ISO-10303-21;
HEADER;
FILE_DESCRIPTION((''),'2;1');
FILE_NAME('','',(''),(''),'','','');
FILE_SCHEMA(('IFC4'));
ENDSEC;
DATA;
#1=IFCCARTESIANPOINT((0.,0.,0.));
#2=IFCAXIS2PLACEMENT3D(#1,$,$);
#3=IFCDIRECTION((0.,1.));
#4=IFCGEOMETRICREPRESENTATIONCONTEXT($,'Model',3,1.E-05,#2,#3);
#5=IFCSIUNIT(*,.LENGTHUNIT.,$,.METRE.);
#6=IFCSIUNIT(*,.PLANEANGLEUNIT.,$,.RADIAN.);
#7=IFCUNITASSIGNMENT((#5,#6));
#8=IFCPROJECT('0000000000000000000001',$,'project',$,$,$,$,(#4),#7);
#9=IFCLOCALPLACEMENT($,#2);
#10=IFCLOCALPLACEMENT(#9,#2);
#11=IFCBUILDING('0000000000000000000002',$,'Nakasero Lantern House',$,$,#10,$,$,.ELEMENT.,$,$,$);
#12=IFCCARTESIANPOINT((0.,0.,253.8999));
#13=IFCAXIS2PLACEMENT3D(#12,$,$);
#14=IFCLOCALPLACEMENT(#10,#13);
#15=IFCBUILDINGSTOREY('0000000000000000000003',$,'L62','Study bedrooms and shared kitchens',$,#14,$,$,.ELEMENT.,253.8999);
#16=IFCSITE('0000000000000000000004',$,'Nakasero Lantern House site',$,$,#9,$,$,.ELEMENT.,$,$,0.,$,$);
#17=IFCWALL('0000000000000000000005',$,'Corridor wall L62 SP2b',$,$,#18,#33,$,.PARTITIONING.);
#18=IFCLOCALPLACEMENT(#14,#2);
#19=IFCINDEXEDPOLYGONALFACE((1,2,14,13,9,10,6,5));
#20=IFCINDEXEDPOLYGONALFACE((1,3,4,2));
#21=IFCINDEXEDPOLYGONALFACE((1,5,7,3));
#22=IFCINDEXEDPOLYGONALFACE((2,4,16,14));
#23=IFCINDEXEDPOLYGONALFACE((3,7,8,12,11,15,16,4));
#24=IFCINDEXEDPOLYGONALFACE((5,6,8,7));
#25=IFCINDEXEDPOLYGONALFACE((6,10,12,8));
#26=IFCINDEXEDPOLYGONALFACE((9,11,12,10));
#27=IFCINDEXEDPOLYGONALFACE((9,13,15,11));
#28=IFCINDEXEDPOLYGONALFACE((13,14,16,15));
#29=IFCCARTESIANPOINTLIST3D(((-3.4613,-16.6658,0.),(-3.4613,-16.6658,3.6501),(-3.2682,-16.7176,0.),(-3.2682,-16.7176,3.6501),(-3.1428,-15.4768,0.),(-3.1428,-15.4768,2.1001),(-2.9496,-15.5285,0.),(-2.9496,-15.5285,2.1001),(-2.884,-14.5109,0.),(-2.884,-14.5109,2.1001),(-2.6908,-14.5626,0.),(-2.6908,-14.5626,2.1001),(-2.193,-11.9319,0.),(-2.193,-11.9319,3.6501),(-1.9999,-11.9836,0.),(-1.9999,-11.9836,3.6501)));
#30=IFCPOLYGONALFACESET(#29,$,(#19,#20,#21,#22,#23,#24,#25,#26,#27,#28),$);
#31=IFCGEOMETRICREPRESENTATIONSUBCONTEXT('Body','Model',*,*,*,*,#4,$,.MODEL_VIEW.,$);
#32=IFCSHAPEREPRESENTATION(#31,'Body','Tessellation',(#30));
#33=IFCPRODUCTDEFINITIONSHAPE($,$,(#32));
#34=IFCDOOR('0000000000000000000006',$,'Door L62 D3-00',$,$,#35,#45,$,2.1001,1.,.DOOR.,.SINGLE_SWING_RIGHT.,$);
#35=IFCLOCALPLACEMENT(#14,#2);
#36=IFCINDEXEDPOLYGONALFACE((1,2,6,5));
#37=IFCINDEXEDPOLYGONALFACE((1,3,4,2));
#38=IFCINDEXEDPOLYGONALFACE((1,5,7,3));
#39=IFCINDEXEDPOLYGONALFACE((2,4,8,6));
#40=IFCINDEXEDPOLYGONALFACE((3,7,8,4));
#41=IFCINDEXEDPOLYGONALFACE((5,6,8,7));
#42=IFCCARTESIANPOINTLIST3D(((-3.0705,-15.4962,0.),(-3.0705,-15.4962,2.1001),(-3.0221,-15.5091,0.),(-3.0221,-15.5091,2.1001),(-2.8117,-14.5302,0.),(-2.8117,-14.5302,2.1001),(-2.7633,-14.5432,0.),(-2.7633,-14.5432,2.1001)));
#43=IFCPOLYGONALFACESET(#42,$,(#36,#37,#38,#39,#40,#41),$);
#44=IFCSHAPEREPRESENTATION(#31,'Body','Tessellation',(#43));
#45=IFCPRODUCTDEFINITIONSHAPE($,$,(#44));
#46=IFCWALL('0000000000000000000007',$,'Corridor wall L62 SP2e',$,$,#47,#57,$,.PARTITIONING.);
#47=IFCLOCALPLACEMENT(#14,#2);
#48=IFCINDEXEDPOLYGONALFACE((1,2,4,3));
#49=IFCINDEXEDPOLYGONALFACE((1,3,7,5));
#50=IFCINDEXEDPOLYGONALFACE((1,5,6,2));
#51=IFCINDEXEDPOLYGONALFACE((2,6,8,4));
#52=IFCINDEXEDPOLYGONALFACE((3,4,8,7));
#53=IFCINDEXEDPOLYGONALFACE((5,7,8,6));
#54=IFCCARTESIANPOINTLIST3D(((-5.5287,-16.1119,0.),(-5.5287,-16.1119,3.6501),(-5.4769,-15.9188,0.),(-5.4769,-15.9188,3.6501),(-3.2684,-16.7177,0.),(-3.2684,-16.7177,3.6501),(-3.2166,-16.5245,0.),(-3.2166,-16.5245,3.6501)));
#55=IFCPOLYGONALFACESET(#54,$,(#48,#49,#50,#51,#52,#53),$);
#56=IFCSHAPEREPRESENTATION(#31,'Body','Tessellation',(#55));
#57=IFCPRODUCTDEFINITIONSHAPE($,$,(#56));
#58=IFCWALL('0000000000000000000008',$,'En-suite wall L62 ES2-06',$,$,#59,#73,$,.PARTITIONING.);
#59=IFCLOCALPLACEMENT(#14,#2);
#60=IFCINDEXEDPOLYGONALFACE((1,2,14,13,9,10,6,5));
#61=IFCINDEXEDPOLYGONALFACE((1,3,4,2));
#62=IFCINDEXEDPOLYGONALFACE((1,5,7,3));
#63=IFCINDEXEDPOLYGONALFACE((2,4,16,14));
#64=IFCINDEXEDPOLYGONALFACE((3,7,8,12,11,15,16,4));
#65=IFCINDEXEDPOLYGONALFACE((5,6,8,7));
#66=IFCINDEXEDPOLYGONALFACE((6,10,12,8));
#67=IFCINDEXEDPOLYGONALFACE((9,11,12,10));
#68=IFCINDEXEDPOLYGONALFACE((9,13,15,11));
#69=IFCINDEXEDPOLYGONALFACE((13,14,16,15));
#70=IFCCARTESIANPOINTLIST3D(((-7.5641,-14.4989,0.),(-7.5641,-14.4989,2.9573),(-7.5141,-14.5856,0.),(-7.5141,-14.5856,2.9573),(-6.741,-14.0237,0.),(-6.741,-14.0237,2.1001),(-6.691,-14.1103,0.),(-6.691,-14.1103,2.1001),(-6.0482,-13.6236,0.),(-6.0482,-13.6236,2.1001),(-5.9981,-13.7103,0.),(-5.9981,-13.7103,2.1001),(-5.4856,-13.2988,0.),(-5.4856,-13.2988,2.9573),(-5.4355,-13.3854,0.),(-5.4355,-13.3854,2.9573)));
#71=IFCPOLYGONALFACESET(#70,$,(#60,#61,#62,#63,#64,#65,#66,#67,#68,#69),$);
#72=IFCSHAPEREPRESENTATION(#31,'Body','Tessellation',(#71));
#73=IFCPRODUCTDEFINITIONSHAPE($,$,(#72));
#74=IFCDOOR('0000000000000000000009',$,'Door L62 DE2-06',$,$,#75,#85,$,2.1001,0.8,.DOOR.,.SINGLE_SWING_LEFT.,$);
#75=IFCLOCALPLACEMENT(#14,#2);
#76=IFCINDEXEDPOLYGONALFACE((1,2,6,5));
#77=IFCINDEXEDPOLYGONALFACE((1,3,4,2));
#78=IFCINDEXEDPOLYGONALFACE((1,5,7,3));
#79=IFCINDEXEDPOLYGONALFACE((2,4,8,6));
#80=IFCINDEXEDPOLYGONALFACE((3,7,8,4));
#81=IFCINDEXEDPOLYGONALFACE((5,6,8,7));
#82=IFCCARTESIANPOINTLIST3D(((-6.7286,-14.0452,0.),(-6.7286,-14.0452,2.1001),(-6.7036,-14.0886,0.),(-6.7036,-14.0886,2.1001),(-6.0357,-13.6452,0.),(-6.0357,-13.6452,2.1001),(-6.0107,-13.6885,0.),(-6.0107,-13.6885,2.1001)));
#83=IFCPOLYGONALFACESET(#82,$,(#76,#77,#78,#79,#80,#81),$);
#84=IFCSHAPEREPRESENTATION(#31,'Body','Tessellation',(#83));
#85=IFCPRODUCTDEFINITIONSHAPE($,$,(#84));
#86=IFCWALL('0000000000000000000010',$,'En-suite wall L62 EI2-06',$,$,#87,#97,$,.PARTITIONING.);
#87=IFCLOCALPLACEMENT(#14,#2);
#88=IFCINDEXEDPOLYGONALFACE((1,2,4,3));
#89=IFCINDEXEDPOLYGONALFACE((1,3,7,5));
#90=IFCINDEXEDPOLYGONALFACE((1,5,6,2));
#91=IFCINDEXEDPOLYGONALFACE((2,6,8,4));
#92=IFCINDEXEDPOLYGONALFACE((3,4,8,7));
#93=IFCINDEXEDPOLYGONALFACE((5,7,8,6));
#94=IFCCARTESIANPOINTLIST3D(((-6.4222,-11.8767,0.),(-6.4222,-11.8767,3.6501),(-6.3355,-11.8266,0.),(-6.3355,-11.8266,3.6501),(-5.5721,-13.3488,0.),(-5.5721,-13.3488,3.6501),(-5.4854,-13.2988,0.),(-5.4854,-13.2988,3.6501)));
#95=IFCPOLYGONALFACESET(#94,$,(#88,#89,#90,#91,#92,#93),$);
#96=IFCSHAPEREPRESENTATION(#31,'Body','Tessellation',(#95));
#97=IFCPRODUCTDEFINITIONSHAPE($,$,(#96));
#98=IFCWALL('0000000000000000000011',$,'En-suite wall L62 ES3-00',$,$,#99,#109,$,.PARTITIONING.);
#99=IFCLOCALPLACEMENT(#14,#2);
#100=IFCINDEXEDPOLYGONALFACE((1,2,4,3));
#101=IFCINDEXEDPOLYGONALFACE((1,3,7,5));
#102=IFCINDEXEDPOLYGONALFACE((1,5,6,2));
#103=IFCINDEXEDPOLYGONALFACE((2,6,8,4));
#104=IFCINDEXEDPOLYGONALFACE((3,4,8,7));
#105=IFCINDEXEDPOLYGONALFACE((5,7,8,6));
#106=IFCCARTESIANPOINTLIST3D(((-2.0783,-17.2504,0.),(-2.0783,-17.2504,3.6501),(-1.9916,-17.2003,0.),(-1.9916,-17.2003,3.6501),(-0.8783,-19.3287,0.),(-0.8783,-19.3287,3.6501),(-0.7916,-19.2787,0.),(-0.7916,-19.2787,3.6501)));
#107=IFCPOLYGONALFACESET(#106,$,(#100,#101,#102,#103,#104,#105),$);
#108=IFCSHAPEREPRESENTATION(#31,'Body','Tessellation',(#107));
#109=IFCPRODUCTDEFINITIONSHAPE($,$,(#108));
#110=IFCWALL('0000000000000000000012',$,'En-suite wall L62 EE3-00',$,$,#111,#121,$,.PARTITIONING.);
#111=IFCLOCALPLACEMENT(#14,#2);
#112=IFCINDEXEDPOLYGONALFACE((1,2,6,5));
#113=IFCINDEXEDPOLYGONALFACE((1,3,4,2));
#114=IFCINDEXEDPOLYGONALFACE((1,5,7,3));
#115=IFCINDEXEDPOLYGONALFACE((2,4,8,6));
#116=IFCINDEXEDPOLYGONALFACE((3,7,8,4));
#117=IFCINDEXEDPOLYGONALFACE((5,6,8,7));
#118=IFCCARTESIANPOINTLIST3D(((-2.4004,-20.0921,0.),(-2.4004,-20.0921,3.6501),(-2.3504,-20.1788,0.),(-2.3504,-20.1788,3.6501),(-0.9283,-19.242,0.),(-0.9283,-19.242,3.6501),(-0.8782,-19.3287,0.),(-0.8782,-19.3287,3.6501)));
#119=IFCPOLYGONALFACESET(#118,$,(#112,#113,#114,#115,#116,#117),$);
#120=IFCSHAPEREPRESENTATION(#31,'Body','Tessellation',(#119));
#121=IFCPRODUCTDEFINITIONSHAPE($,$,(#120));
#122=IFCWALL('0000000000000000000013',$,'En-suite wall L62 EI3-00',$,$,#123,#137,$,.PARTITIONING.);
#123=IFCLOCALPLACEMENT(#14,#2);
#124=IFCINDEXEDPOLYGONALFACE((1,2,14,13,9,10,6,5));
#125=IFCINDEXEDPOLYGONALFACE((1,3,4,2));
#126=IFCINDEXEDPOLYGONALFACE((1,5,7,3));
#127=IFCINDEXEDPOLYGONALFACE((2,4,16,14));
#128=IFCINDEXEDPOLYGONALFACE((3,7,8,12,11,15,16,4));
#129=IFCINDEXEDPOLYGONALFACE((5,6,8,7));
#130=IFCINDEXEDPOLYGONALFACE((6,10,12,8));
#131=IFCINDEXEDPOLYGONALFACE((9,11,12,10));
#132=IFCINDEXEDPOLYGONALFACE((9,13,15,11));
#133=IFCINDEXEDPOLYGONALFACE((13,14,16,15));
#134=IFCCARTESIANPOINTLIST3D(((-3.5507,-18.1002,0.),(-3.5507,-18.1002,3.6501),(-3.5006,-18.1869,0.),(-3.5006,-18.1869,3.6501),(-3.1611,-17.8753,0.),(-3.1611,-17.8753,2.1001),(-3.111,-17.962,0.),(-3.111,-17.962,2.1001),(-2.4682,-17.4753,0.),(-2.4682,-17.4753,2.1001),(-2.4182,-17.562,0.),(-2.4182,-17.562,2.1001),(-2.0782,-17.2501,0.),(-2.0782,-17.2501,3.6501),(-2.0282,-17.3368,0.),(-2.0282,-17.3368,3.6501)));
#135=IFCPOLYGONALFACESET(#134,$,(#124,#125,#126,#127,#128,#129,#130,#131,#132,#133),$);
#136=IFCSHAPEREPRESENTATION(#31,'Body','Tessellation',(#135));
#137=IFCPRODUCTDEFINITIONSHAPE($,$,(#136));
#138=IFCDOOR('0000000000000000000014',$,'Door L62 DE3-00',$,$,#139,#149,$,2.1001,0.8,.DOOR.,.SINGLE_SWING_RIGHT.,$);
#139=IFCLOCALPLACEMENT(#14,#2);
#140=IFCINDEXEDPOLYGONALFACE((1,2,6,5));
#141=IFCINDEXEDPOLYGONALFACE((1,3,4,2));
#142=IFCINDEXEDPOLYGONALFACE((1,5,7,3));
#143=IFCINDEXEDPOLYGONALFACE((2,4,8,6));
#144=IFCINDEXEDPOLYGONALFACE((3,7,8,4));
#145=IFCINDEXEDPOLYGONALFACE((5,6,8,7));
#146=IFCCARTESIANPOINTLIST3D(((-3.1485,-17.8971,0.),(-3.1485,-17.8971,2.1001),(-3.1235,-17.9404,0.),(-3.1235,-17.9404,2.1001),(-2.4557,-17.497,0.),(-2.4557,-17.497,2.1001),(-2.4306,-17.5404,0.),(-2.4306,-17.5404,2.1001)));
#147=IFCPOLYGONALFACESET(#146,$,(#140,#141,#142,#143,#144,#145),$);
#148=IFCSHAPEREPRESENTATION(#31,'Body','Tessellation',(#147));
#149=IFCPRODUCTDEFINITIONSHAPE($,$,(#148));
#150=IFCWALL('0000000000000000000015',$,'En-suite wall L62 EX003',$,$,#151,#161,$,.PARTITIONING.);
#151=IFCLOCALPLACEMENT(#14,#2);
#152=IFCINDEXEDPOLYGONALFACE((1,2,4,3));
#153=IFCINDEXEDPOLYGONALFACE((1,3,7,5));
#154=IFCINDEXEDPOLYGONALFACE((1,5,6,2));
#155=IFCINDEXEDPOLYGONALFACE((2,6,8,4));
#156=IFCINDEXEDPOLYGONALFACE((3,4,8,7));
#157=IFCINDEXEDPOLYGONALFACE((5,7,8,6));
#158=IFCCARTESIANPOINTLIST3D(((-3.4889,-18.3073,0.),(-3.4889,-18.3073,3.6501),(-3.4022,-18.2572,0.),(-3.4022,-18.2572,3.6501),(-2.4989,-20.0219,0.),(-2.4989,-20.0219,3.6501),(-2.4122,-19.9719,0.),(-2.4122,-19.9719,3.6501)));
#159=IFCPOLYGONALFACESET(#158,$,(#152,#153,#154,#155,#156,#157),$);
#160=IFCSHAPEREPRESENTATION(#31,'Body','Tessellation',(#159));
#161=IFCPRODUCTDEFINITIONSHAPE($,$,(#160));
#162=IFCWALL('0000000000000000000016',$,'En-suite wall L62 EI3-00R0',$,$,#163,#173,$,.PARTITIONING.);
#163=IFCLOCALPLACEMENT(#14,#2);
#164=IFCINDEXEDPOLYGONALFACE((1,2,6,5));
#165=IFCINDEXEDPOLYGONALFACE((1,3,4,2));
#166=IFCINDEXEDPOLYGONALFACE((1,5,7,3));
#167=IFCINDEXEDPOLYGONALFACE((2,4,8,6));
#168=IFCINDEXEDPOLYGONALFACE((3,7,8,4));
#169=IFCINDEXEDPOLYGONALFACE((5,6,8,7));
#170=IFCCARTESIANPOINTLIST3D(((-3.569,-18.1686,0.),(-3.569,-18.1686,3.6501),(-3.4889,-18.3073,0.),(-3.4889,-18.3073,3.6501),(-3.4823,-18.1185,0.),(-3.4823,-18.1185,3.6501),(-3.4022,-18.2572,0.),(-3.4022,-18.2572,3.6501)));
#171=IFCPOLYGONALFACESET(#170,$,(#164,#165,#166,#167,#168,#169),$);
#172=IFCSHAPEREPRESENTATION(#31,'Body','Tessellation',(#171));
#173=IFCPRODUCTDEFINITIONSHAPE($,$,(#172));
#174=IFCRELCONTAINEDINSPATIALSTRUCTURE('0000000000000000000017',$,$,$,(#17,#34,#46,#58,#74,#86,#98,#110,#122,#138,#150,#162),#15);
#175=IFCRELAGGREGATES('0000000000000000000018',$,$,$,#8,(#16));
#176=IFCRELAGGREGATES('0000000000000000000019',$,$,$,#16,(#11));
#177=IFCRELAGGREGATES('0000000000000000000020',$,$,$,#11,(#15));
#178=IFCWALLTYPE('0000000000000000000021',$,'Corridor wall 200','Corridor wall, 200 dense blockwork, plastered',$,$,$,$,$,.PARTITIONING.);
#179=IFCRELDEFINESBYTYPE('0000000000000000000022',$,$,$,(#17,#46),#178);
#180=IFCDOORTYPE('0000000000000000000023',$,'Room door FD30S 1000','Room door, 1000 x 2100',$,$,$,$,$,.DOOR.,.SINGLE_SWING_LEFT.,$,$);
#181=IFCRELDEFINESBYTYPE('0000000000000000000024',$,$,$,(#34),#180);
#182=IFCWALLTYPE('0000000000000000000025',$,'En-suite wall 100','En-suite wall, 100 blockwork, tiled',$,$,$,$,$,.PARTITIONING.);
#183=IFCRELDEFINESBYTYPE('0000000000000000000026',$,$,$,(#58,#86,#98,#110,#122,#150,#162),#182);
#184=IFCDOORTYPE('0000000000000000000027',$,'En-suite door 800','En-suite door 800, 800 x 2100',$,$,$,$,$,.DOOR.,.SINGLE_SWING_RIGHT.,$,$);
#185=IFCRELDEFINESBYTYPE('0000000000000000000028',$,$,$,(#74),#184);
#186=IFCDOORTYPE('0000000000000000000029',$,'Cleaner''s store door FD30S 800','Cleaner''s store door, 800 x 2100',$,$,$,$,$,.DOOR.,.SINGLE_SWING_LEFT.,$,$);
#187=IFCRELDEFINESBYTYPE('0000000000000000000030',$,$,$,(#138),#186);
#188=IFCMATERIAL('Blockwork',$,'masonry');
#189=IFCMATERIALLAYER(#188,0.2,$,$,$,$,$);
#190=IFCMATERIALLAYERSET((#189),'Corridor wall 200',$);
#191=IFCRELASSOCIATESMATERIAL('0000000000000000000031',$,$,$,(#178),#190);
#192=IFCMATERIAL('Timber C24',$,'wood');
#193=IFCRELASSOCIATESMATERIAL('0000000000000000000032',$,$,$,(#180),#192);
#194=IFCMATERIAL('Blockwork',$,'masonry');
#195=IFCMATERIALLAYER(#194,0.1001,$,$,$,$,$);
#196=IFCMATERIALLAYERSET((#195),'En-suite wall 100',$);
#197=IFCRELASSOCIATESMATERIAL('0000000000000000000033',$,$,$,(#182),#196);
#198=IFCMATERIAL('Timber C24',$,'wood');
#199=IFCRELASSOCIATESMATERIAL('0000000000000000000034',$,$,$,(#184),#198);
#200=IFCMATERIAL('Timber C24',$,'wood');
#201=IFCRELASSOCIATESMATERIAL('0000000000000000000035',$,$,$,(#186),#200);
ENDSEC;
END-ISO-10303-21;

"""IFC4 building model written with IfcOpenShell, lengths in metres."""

from ifc_helpers import new_model, si_unit, direction, frame, frame_2d, origin, place, context, subcontext, project, spatial, rectangle, extrude, material, layer, layer_set, type_object, element, fill, save


model = new_model("IFC4")

# Units and contexts
model_context = context("Model", 3, precision=1e-05, world=origin(), true_north=direction((0.0, 1.0)))
body_context = subcontext(model_context, "Body", "Model", "MODEL_VIEW")
ifc_project = project(units=[si_unit("LENGTHUNIT", "METRE"), si_unit("PLANEANGLEUNIT", "RADIAN")], contexts=[model_context])

# Site, building, storey
site_placement = place(None, origin())
site = spatial("IfcSite", under=ifc_project, at=site_placement, Name="Nakasero Lantern House site", CompositionType="ELEMENT", RefElevation=0.0)
building_placement = place(site_placement, origin())
building = spatial("IfcBuilding", under=site, at=building_placement, Name="Nakasero Lantern House", CompositionType="ELEMENT")
storey_placement = place(building_placement, frame((0.0, 0.0, 253.8999)))
storey = spatial("IfcBuildingStorey", under=building, at=storey_placement, Name="L62", Description="Study bedrooms and shared kitchens", CompositionType="ELEMENT", Elevation=253.8999)

# Shared definitions
ifc_material_1 = material(Name="Blockwork", Category="masonry")
ifc_layer_1 = layer(ifc_material_1, 0.2)
ifc_layer_set_1 = layer_set([ifc_layer_1], Name="Corridor wall 200")
wall_type_1 = type_object("IfcWallType", Name="Corridor wall 200", Description="Corridor wall, 200 dense blockwork, plastered", PredefinedType="PARTITIONING", material=ifc_layer_set_1)

# Wall, opening, door
wall_1_placement = place(storey_placement, frame((-2.0964, -11.9578, 0.0), z_axis=(0.0, 0.0, 1.0), x_axis=(-0.258794, -0.965932, 0.0)))
wall_1 = element("IfcWall", 1, at=wall_1_placement, inside=storey, type_object=wall_type_1, Name="Corridor wall L62 SP2b", PredefinedType="PARTITIONING", context=body_context, shape_type="SweptSolid", body=[
    extrude(rectangle(XDim=4.9009, YDim=0.2, at=frame_2d((2.4504, 0.0))), origin(), (0.0, 0.0, 1.0), 3.6501),
])
opening_1_placement = place(wall_1_placement, frame((2.6699, 0.0, 0.0)))
opening_1 = element("IfcOpeningElement", 2, at=opening_1_placement, cuts=wall_1, PredefinedType="OPENING", context=body_context, shape_type="SweptSolid", body=[
    extrude(rectangle(XDim=1.0, YDim=2.1001, at=frame_2d((0.5, 1.05))), frame((0.0, 0.1199, 0.0), z_axis=(0.0, -1.0, 0.0), x_axis=(1.0, 0.0, 0.0)), (0.0, 0.0, 1.0), 0.24),
])
ifc_material_2 = material(Name="Timber C24", Category="wood")
door_type_1 = type_object("IfcDoorType", Name="Room door FD30S 1000", Description="Room door, 1000 x 2100", OperationType="SINGLE_SWING_LEFT", PredefinedType="DOOR", material=ifc_material_2)
door_1_placement = place(opening_1_placement, origin())
door_1 = element("IfcDoor", 3, at=door_1_placement, inside=storey, type_object=door_type_1, Name="Door L62 D3-00", OperationType="SINGLE_SWING_RIGHT", OverallHeight=2.1001, OverallWidth=1.0, PredefinedType="DOOR", context=body_context, shape_type="SweptSolid", body=[
    extrude(rectangle(XDim=1.0, YDim=2.1001, at=frame_2d((0.5, 1.05))), frame((0.0, 0.0249, 0.0), z_axis=(0.0, -1.0, 0.0), x_axis=(1.0, 0.0, 0.0)), (0.0, 0.0, 1.0), 0.05),
])
fill(opening_1, door_1)

# Wall
wall_2_placement = place(storey_placement, frame((-5.5027, -16.0154, 0.0), z_axis=(0.0, 0.0, 1.0), x_axis=(0.965917, -0.258851, 0.0)))
element("IfcWall", 4, at=wall_2_placement, inside=storey, type_object=wall_type_1, Name="Corridor wall L62 SP2e", PredefinedType="PARTITIONING", context=body_context, shape_type="SweptSolid", body=[
    extrude(rectangle(XDim=2.3401, YDim=0.2, at=frame_2d((1.1699, 0.0))), origin(), (0.0, 0.0, 1.0), 3.6501),
])

# Wall, opening, door
ifc_material_3 = material(Name="Blockwork", Category="masonry")
ifc_layer_2 = layer(ifc_material_3, 0.1001)
ifc_layer_set_2 = layer_set([ifc_layer_2], Name="En-suite wall 100")
wall_type_2 = type_object("IfcWallType", Name="En-suite wall 100", Description="En-suite wall, 100 blockwork, tiled", PredefinedType="PARTITIONING", material=ifc_layer_set_2)
wall_3_placement = place(storey_placement, frame((-5.4604, -13.342, 0.0), z_axis=(0.0, 0.0, 1.0), x_axis=(-0.866006, -0.500034, 0.0)))
wall_3 = element("IfcWall", 5, at=wall_3_placement, inside=storey, type_object=wall_type_2, Name="En-suite wall L62 ES2-06", PredefinedType="PARTITIONING", context=body_context, shape_type="SweptSolid", body=[
    extrude(rectangle(XDim=2.4001, YDim=0.1001, at=frame_2d((1.2002, 0.0))), origin(), (0.0, 0.0, 1.0), 2.9573),
])
opening_2_placement = place(wall_3_placement, frame((0.6499, 0.0, 0.0)))
opening_2 = element("IfcOpeningElement", 6, at=opening_2_placement, cuts=wall_3, PredefinedType="OPENING", context=body_context, shape_type="SweptSolid", body=[
    extrude(rectangle(XDim=0.8, YDim=2.1001, at=frame_2d((0.3999, 1.05))), frame((0.0, 0.0701, 0.0), z_axis=(0.0, -1.0, 0.0), x_axis=(1.0, 0.0, 0.0)), (0.0, 0.0, 1.0), 0.1401),
])
ifc_material_4 = material(Name="Timber C24", Category="wood")
door_type_2 = type_object("IfcDoorType", Name="En-suite door 800", Description="En-suite door 800, 800 x 2100", OperationType="SINGLE_SWING_RIGHT", PredefinedType="DOOR", material=ifc_material_4)
door_2_placement = place(opening_2_placement, origin())
door_2 = element("IfcDoor", 7, at=door_2_placement, inside=storey, type_object=door_type_2, Name="Door L62 DE2-06", OperationType="SINGLE_SWING_LEFT", OverallHeight=2.1001, OverallWidth=0.8, PredefinedType="DOOR", context=body_context, shape_type="SweptSolid", body=[
    extrude(rectangle(XDim=0.8, YDim=2.1001, at=frame_2d((0.3999, 1.05))), frame((0.0, 0.0249, 0.0), z_axis=(0.0, -1.0, 0.0), x_axis=(1.0, 0.0, 0.0)), (0.0, 0.0, 1.0), 0.05),
])
fill(opening_2, door_2)

# Walls
wall_4_placement = place(storey_placement, frame((-6.3789, -11.8516, 0.0), z_axis=(0.0, 0.0, 1.0), x_axis=(0.500062, -0.865989, 0.0)))
element("IfcWall", 8, at=wall_4_placement, inside=storey, type_object=wall_type_2, Name="En-suite wall L62 EI2-06", PredefinedType="PARTITIONING", context=body_context, shape_type="SweptSolid", body=[
    extrude(rectangle(XDim=1.7, YDim=0.1001, at=frame_2d((0.8501, 0.0))), origin(), (0.0, 0.0, 1.0), 3.6501),
])
wall_5_placement = place(storey_placement, frame((-2.0349, -17.2253, 0.0), z_axis=(0.0, 0.0, 1.0), x_axis=(0.500001, -0.866025, 0.0)))
element("IfcWall", 9, at=wall_5_placement, inside=storey, type_object=wall_type_2, Name="En-suite wall L62 ES3-00", PredefinedType="PARTITIONING", context=body_context, shape_type="SweptSolid", body=[
    extrude(rectangle(XDim=2.3999, YDim=0.1001, at=frame_2d((1.2, 0.0))), origin(), (0.0, 0.0, 1.0), 3.6501),
])
wall_6_placement = place(storey_placement, frame((-2.3755, -20.1355, 0.0), z_axis=(0.0, 0.0, 1.0), x_axis=(0.865989, 0.500062, 0.0)))
element("IfcWall", 10, at=wall_6_placement, inside=storey, type_object=wall_type_2, Name="En-suite wall L62 EE3-00", PredefinedType="PARTITIONING", context=body_context, shape_type="SweptSolid", body=[
    extrude(rectangle(XDim=1.7, YDim=0.1001, at=frame_2d((0.8501, 0.0))), origin(), (0.0, 0.0, 1.0), 3.6501),
])

# Wall, opening, door
wall_7_placement = place(storey_placement, frame((-3.5256, -18.1436, 0.0), z_axis=(0.0, 0.0, 1.0), x_axis=(0.866025, 0.5, 0.0)))
wall_7 = element("IfcWall", 11, at=wall_7_placement, inside=storey, type_object=wall_type_2, Name="En-suite wall L62 EI3-00", PredefinedType="PARTITIONING", context=body_context, shape_type="SweptSolid", body=[
    extrude(rectangle(XDim=1.7002, YDim=0.1001, at=frame_2d((0.8501, 0.0))), origin(), (0.0, 0.0, 1.0), 3.6501),
])
opening_3_placement = place(wall_7_placement, frame((0.45, 0.0, 0.0)))
opening_3 = element("IfcOpeningElement", 12, at=opening_3_placement, cuts=wall_7, PredefinedType="OPENING", context=body_context, shape_type="SweptSolid", body=[
    extrude(rectangle(XDim=0.8, YDim=2.1001, at=frame_2d((0.3999, 1.05))), frame((0.0, 0.0701, 0.0), z_axis=(0.0, -1.0, 0.0), x_axis=(1.0, 0.0, 0.0)), (0.0, 0.0, 1.0), 0.1401),
])
ifc_material_5 = material(Name="Timber C24", Category="wood")
door_type_3 = type_object("IfcDoorType", Name="Cleaner's store door FD30S 800", Description="Cleaner's store door, 800 x 2100", OperationType="SINGLE_SWING_LEFT", PredefinedType="DOOR", material=ifc_material_5)
door_3_placement = place(opening_3_placement, origin())
door_3 = element("IfcDoor", 13, at=door_3_placement, inside=storey, type_object=door_type_3, Name="Door L62 DE3-00", OperationType="SINGLE_SWING_RIGHT", OverallHeight=2.1001, OverallWidth=0.8, PredefinedType="DOOR", context=body_context, shape_type="SweptSolid", body=[
    extrude(rectangle(XDim=0.8, YDim=2.1001, at=frame_2d((0.3999, 1.05))), frame((0.0, 0.0249, 0.0), z_axis=(0.0, -1.0, 0.0), x_axis=(1.0, 0.0, 0.0)), (0.0, 0.0, 1.0), 0.05),
])
fill(opening_3, door_3)

# Walls
wall_8_placement = place(storey_placement, frame((-3.4456, -18.2822, 0.0), z_axis=(0.0, 0.0, 1.0), x_axis=(0.500025, -0.866011, 0.0)))
element("IfcWall", 14, at=wall_8_placement, inside=storey, type_object=wall_type_2, Name="En-suite wall L62 EX003", PredefinedType="PARTITIONING", context=body_context, shape_type="SweptSolid", body=[
    extrude(rectangle(XDim=1.98, YDim=0.1001, at=frame_2d((0.99, 0.0))), origin(), (0.0, 0.0, 1.0), 3.6501),
])
wall_9_placement = place(storey_placement, frame((-3.5256, -18.1436, 0.0), z_axis=(0.0, 0.0, 1.0), x_axis=(0.500074, -0.865982, 0.0)))
element("IfcWall", 15, at=wall_9_placement, inside=storey, type_object=wall_type_2, Name="En-suite wall L62 EI3-00R0", PredefinedType="PARTITIONING", context=body_context, shape_type="SweptSolid", body=[
    extrude(rectangle(XDim=0.1602, YDim=0.1001, at=frame_2d((0.0801, 0.0))), origin(), (0.0, 0.0, 1.0), 3.6501),
])

save(model, "model.ifc")
